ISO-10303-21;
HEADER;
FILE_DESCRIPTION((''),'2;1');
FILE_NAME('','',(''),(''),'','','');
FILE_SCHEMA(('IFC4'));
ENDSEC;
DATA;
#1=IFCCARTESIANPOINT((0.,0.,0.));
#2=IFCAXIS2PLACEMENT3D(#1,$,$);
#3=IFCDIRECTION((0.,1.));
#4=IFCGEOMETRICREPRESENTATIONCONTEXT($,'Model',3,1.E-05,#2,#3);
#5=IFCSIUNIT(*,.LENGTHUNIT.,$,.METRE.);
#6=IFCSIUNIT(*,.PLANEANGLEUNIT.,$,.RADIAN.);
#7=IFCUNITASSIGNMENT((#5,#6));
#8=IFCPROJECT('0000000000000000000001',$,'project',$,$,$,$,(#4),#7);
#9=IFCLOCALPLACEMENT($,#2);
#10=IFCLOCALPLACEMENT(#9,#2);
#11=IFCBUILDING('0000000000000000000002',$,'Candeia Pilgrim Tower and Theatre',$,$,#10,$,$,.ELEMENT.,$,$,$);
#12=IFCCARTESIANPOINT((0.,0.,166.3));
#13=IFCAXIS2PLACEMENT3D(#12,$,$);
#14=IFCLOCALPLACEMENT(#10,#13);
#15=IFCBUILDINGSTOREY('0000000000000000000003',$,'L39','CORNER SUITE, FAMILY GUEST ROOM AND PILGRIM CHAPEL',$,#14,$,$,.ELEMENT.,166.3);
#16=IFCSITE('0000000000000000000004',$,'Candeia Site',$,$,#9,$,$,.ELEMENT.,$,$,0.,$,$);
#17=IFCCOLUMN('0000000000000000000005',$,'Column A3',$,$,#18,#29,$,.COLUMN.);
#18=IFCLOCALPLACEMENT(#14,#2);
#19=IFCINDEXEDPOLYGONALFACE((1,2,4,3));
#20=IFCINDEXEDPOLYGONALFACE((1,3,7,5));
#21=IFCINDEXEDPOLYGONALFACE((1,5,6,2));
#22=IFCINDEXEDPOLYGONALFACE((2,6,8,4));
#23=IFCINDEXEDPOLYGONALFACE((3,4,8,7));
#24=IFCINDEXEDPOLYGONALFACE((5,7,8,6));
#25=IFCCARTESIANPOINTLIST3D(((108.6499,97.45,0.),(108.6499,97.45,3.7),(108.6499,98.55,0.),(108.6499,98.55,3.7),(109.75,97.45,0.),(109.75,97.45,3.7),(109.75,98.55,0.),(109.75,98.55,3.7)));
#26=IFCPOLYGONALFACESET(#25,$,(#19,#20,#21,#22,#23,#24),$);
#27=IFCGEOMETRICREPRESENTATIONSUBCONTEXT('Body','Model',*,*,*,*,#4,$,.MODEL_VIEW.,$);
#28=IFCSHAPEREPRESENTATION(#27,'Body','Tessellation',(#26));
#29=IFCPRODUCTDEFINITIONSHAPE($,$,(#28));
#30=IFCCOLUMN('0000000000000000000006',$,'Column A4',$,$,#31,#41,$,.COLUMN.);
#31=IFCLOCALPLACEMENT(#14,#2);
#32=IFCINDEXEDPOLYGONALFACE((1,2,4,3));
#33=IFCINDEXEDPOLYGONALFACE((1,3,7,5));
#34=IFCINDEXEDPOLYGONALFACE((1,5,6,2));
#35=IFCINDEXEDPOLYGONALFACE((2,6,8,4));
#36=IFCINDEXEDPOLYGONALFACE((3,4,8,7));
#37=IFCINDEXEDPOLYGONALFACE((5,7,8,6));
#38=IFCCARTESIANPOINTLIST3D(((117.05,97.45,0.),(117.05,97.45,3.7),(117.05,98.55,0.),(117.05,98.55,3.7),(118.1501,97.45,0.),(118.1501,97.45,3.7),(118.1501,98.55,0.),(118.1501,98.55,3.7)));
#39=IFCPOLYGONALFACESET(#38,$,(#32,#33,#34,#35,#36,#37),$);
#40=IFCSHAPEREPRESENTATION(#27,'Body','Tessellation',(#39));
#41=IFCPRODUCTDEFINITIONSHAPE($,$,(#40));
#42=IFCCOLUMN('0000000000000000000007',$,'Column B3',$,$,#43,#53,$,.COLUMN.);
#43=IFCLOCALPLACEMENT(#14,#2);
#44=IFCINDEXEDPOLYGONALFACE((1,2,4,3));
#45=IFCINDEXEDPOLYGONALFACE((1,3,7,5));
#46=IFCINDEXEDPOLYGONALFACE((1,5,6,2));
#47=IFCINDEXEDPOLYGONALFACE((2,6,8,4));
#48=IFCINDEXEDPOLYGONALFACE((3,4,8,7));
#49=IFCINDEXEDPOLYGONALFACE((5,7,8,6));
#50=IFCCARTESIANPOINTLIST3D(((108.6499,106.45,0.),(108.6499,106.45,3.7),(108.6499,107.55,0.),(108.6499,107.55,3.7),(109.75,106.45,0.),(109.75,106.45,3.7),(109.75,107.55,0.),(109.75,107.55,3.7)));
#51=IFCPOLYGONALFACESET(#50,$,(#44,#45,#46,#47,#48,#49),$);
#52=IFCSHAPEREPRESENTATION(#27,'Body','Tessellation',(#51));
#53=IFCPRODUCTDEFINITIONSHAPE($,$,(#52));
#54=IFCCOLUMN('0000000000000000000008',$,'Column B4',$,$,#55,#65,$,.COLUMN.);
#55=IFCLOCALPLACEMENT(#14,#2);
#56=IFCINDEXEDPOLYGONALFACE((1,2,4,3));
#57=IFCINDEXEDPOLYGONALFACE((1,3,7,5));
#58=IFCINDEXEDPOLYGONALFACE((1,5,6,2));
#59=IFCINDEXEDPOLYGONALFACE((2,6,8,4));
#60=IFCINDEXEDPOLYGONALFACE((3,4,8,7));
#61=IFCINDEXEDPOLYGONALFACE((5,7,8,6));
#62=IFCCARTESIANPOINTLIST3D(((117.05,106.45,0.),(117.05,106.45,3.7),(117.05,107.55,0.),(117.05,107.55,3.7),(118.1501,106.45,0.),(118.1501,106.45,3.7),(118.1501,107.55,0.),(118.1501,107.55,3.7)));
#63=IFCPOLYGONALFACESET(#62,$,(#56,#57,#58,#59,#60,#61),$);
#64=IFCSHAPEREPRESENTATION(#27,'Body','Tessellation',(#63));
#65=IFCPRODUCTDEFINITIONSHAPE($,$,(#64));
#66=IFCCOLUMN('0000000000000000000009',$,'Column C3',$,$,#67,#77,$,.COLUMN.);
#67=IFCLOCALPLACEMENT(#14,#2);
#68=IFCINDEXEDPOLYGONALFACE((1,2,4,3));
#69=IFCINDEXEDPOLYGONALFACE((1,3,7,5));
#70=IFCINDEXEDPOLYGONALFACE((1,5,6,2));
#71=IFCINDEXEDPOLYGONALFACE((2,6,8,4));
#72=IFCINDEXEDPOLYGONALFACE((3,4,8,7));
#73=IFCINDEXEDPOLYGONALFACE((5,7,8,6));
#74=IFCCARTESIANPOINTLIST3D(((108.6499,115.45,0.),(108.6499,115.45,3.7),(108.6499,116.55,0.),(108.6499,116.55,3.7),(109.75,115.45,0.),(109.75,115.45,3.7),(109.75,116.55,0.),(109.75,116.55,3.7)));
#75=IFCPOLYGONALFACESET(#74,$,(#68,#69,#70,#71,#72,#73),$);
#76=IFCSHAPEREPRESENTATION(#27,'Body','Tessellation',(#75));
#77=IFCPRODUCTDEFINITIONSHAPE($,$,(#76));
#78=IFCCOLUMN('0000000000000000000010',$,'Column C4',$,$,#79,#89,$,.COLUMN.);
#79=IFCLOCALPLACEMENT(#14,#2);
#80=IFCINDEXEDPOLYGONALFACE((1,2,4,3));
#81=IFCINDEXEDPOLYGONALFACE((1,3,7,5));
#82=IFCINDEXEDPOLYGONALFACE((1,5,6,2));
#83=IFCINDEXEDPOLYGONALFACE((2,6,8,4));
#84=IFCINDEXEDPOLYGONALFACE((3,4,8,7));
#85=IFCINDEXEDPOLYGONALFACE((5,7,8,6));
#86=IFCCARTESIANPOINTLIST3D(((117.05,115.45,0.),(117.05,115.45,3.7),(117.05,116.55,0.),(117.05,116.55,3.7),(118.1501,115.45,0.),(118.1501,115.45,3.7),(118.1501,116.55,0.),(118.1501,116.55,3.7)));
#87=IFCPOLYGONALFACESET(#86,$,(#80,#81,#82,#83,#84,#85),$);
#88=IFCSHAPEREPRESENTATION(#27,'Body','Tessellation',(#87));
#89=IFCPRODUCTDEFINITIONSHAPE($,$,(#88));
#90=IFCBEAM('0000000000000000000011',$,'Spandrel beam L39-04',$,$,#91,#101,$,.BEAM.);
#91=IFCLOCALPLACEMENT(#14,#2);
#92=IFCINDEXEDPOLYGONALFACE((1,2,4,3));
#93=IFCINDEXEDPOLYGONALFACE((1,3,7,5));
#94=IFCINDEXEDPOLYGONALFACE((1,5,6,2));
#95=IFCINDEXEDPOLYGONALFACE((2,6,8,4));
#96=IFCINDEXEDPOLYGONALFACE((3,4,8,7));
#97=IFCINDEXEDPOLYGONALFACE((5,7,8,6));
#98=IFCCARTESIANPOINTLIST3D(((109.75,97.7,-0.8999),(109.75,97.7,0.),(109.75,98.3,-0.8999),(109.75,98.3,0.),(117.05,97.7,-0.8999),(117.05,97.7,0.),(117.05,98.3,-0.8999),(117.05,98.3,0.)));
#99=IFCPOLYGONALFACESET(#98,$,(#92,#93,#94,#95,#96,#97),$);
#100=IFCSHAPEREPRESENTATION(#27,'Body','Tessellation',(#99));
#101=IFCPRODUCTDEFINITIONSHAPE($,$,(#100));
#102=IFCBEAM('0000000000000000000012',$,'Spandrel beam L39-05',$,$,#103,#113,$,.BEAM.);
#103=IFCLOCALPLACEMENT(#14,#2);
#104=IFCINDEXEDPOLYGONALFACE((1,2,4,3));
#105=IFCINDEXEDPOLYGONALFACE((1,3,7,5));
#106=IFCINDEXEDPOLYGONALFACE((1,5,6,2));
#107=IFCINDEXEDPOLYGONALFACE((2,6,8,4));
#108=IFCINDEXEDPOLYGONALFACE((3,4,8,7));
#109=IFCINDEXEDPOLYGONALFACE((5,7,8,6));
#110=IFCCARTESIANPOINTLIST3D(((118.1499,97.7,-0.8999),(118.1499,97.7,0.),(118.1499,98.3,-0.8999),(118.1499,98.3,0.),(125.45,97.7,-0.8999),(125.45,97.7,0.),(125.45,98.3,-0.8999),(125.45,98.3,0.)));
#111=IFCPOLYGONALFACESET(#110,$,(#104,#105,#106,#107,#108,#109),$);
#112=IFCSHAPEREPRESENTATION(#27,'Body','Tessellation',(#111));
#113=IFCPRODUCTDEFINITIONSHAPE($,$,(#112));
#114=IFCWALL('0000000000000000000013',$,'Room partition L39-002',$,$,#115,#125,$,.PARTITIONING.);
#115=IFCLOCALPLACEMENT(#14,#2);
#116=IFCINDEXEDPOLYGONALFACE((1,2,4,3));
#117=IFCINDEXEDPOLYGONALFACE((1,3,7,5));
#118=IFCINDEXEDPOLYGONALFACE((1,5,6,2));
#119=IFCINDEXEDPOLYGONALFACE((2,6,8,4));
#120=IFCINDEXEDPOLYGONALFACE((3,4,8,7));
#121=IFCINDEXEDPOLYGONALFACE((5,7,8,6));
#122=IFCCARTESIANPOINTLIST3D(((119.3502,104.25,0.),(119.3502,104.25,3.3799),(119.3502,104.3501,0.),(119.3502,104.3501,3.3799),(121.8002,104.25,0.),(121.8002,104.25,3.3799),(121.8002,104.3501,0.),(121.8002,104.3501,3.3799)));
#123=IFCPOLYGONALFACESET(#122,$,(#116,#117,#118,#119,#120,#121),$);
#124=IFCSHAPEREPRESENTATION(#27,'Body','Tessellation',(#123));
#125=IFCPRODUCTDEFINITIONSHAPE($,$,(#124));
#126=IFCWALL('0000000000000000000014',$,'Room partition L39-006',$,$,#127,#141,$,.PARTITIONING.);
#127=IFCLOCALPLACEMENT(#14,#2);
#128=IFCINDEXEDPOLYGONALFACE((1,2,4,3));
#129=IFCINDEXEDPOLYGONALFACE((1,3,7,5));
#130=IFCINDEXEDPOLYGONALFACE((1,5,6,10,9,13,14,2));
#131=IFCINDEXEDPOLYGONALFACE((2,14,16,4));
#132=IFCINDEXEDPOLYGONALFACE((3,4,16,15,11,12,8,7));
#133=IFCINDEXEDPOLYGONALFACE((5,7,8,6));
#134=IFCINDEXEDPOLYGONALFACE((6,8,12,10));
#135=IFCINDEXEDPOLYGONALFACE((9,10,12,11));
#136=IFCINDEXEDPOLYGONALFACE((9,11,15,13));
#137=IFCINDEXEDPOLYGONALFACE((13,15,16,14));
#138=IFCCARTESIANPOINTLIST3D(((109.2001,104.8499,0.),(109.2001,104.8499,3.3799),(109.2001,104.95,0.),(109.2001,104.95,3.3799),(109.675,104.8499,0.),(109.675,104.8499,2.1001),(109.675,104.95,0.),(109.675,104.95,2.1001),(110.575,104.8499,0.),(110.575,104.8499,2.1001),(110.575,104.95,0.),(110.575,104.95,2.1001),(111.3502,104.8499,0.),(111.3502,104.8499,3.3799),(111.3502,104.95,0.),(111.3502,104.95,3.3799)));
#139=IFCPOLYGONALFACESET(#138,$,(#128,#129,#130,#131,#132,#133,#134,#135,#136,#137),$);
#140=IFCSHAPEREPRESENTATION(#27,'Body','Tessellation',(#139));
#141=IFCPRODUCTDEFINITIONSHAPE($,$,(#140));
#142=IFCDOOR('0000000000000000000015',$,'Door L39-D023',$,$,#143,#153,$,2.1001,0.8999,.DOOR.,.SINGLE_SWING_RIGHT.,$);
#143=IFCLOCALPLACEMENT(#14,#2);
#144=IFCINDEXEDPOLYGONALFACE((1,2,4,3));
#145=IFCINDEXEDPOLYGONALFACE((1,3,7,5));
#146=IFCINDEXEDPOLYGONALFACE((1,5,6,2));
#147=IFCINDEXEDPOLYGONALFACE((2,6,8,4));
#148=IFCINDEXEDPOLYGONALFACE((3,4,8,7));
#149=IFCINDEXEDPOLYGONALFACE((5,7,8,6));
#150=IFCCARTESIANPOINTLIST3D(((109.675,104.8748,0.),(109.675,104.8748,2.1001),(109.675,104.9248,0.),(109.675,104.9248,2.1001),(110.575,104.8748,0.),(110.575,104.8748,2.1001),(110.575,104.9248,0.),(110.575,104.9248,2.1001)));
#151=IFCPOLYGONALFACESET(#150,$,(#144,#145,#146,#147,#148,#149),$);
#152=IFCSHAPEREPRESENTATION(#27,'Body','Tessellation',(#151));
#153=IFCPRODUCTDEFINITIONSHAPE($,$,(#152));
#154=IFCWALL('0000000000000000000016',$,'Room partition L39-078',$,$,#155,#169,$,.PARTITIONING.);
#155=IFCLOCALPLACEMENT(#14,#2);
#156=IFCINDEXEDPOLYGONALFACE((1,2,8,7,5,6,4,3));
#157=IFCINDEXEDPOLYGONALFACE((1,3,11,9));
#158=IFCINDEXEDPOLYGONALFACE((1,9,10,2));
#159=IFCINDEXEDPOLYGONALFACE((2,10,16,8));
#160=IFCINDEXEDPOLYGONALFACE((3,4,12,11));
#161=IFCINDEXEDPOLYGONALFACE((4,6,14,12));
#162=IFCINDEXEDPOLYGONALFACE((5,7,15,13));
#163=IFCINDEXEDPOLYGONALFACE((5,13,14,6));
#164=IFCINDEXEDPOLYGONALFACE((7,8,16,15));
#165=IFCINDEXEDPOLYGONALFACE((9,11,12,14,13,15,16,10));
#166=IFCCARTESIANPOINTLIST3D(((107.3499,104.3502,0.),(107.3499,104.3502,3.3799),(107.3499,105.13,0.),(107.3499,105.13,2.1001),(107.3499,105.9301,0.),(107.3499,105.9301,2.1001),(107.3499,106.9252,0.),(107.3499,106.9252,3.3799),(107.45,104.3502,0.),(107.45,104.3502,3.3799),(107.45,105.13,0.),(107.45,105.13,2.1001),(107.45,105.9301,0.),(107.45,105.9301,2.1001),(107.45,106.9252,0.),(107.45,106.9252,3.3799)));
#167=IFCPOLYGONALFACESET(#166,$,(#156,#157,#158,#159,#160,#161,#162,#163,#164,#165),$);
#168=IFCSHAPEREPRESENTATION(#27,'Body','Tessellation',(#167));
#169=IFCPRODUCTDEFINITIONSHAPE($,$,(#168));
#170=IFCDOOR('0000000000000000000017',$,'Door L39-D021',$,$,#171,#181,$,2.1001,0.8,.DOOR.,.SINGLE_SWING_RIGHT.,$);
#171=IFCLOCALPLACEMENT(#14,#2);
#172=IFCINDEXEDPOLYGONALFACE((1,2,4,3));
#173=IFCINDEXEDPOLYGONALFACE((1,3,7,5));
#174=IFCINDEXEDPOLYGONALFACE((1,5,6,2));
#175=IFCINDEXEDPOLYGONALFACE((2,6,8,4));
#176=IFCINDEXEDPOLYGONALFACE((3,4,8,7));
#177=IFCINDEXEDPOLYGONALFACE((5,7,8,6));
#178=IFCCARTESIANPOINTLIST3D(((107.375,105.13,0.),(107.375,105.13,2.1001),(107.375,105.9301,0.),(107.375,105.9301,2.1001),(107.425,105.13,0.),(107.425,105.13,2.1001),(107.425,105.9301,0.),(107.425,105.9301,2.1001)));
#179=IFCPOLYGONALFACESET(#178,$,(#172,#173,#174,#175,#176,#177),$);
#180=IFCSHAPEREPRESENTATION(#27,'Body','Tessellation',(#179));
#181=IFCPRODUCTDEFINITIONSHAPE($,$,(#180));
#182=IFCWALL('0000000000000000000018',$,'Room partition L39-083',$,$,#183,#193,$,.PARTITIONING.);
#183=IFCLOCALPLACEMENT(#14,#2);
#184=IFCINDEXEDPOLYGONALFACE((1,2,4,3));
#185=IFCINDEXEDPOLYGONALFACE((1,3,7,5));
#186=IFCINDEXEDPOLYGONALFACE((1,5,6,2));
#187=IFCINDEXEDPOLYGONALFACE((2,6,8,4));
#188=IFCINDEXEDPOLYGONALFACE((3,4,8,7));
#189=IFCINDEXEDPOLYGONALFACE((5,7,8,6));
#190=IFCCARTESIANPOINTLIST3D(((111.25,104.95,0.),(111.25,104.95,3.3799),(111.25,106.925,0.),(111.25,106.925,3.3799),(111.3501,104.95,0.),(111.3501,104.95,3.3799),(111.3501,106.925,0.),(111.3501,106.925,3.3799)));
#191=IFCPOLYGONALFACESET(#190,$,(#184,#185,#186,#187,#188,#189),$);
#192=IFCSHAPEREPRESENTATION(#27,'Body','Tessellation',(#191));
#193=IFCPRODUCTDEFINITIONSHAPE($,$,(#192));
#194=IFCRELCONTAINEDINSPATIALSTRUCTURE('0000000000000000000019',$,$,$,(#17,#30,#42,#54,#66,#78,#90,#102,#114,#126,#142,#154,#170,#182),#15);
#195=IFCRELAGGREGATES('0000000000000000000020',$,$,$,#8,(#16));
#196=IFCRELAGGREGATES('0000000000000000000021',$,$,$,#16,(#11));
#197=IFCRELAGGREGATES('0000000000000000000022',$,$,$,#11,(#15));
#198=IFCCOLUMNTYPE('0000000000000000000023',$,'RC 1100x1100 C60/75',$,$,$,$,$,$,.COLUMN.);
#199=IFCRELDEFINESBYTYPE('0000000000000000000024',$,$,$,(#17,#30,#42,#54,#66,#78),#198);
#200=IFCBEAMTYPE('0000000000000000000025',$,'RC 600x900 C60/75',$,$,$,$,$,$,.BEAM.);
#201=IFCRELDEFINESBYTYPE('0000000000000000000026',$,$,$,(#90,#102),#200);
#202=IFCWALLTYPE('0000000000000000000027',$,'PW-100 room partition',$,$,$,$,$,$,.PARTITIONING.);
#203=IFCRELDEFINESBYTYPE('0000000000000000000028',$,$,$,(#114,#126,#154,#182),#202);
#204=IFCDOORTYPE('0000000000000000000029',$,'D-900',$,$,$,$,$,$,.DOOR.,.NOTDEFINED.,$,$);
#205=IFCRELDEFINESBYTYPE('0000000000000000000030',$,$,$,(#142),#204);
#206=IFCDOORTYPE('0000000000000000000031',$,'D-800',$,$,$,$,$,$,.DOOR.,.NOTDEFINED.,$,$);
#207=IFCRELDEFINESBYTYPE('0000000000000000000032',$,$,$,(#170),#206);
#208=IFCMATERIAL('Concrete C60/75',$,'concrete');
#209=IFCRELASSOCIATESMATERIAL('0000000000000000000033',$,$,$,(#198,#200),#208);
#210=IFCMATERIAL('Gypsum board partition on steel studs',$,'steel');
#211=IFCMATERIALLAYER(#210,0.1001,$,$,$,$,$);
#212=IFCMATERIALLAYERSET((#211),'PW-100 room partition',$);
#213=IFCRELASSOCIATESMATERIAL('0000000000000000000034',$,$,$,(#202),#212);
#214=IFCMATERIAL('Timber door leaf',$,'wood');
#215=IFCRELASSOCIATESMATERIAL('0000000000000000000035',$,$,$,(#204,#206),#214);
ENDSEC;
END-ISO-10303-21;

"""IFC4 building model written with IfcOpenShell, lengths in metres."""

from ifc_helpers import new_model, si_unit, direction, frame, frame_2d, origin, origin_2d, place, context, subcontext, project, spatial, rectangle, extrude, material, layer, layer_set, material_profile, profile_set, type_object, element, fill, save


model = new_model("IFC4")

# Units and contexts
model_context = context("Model", 3, precision=1e-05, world=origin(), true_north=direction((0.0, 1.0)))
body_context = subcontext(model_context, "Body", "Model", "MODEL_VIEW")
ifc_project = project(units=[si_unit("LENGTHUNIT", "METRE"), si_unit("PLANEANGLEUNIT", "RADIAN")], contexts=[model_context])

# Site, building, storey
site_placement = place(None, origin())
site = spatial("IfcSite", under=ifc_project, at=site_placement, Name="Candeia Site", CompositionType="ELEMENT", RefElevation=0.0)
building_placement = place(site_placement, origin())
building = spatial("IfcBuilding", under=site, at=building_placement, Name="Candeia Pilgrim Tower and Theatre", CompositionType="ELEMENT")
storey_placement = place(building_placement, frame((0.0, 0.0, 166.3)))
storey = spatial("IfcBuildingStorey", under=building, at=storey_placement, Name="L39", Description="CORNER SUITE, FAMILY GUEST ROOM AND PILGRIM CHAPEL", CompositionType="ELEMENT", Elevation=166.3)

# Columns
ifc_material_1 = material(Name="Concrete C60/75", Category="concrete")
ifc_material_profile_1 = material_profile(ifc_material_1, rectangle(XDim=1.1001, YDim=1.1001, at=origin_2d()))
ifc_profile_set_1 = profile_set([ifc_material_profile_1], Name="Concrete C60/75")
column_type = type_object("IfcColumnType", Name="RC 1100x1100 C60/75", PredefinedType="COLUMN", material=ifc_profile_set_1)
for number, where, z_axis, x_axis, name in (
    (1, (109.2, 98.0, 0.0), (0.0, 0.0, 1.0), (1.0, 0.0, 0.0), "Column A3"),
    (2, (117.6001, 98.0, 0.0), (0.0, 0.0, 1.0), (1.0, 0.0, 0.0), "Column A4"),
    (3, (109.2, 107.0, 0.0), (0.0, 0.0, 1.0), (1.0, 0.0, 0.0), "Column B3"),
    (4, (117.6001, 107.0, 0.0), (0.0, 0.0, 1.0), (1.0, 0.0, 0.0), "Column B4"),
    (5, (109.2, 116.0, 0.0), (0.0, 0.0, 1.0), (1.0, 0.0, 0.0), "Column C3"),
    (6, (117.6001, 116.0, 0.0), (0.0, 0.0, 1.0), (1.0, 0.0, 0.0), "Column C4"),
):
    element("IfcColumn", number, at=place(storey_placement, frame(where, z_axis=z_axis, x_axis=x_axis)), inside=storey, type_object=column_type, Name=name, PredefinedType="COLUMN", context=body_context, shape_type="SweptSolid", body=[
        extrude(rectangle(XDim=1.1001, YDim=1.1001, at=origin_2d()), origin(), (0.0, 0.0, 1.0), 3.7),
    ])

# Beams
ifc_material_profile_2 = material_profile(ifc_material_1, rectangle(XDim=0.6001, YDim=0.8999, at=origin_2d()))
ifc_profile_set_2 = profile_set([ifc_material_profile_2], Name="Concrete C60/75")
beam_type = type_object("IfcBeamType", Name="RC 600x900 C60/75", PredefinedType="BEAM", material=ifc_profile_set_2)
for number, where, z_axis, x_axis, name in (
    (7, (109.75, 98.0, -0.45), (1.0, 0.0, 0.0), (0.0, 1.0, 0.0), "Spandrel beam L39-04"),
    (8, (118.1499, 98.0, -0.45), (1.0, 0.0, 0.0), (0.0, 1.0, 0.0), "Spandrel beam L39-05"),
):
    element("IfcBeam", number, at=place(storey_placement, frame(where, z_axis=z_axis, x_axis=x_axis)), inside=storey, type_object=beam_type, Name=name, PredefinedType="BEAM", context=body_context, shape_type="SweptSolid", body=[
        extrude(rectangle(XDim=0.6001, YDim=0.8999, at=origin_2d()), origin(), (0.0, 0.0, 1.0), 7.3),
    ])

# Wall
ifc_material_2 = material(Name="Gypsum board partition on steel studs", Category="steel")
ifc_layer_1 = layer(ifc_material_2, 0.1001)
ifc_layer_set_1 = layer_set([ifc_layer_1], Name="PW-100 room partition")
wall_type_1 = type_object("IfcWallType", Name="PW-100 room partition", PredefinedType="PARTITIONING", material=ifc_layer_set_1)
wall_1_placement = place(storey_placement, frame((119.3501, 104.3, 0.0), z_axis=(0.0, 0.0, 1.0), x_axis=(1.0, 0.0, 0.0)))
element("IfcWall", 9, at=wall_1_placement, inside=storey, type_object=wall_type_1, Name="Room partition L39-002", PredefinedType="PARTITIONING", context=body_context, shape_type="SweptSolid", body=[
    extrude(rectangle(XDim=2.45, YDim=0.1001, at=frame_2d((1.2251, 0.0))), origin(), (0.0, 0.0, 1.0), 3.3799),
])

# Walls, openings, doors
wall_2_placement = place(storey_placement, frame((109.2, 104.8999, 0.0), z_axis=(0.0, 0.0, 1.0), x_axis=(1.0, 0.0, 0.0)))
wall_2 = element("IfcWall", 10, at=wall_2_placement, inside=storey, type_object=wall_type_1, Name="Room partition L39-006", PredefinedType="PARTITIONING", context=body_context, shape_type="SweptSolid", body=[
    extrude(rectangle(XDim=2.1501, YDim=0.1001, at=frame_2d((1.0752, 0.0))), origin(), (0.0, 0.0, 1.0), 3.3799),
])
opening_1_placement = place(wall_2_placement, frame((0.4751, 0.0, 0.0)))
opening_1 = element("IfcOpeningElement", 11, at=opening_1_placement, cuts=wall_2, PredefinedType="OPENING", context=body_context, shape_type="SweptSolid", body=[
    extrude(rectangle(XDim=0.8999, YDim=2.1001, at=frame_2d((0.45, 1.05))), frame((0.0, 0.0601, 0.0), z_axis=(0.0, -1.0, 0.0), x_axis=(1.0, 0.0, 0.0)), (0.0, 0.0, 1.0), 0.1201),
])
ifc_material_3 = material(Name="Timber door leaf", Category="wood")
door_type_1 = type_object("IfcDoorType", Name="D-900", OperationType="NOTDEFINED", PredefinedType="DOOR", material=ifc_material_3)
door_1_placement = place(opening_1_placement, origin())
door_1 = element("IfcDoor", 12, at=door_1_placement, inside=storey, type_object=door_type_1, Name="Door L39-D023", OperationType="SINGLE_SWING_RIGHT", OverallHeight=2.1001, OverallWidth=0.8999, PredefinedType="DOOR", context=body_context, shape_type="SweptSolid", body=[
    extrude(rectangle(XDim=0.8999, YDim=2.1001, at=frame_2d((0.45, 1.05))), frame((0.0, 0.0249, 0.0), z_axis=(0.0, -1.0, 0.0), x_axis=(1.0, 0.0, 0.0)), (0.0, 0.0, 1.0), 0.05),
])
fill(opening_1, door_1)
wall_3_placement = place(storey_placement, frame((107.3999, 104.3501, 0.0), z_axis=(0.0, 0.0, 1.0), x_axis=(0.0, 1.0, 0.0)))
wall_3 = element("IfcWall", 13, at=wall_3_placement, inside=storey, type_object=wall_type_1, Name="Room partition L39-078", PredefinedType="PARTITIONING", context=body_context, shape_type="SweptSolid", body=[
    extrude(rectangle(XDim=2.575, YDim=0.1001, at=frame_2d((1.2876, 0.0))), origin(), (0.0, 0.0, 1.0), 3.3799),
])
opening_2_placement = place(wall_3_placement, frame((0.78, 0.0, 0.0)))
opening_2 = element("IfcOpeningElement", 14, at=opening_2_placement, cuts=wall_3, PredefinedType="OPENING", context=body_context, shape_type="SweptSolid", body=[
    extrude(rectangle(XDim=0.8, YDim=2.1001, at=frame_2d((0.3999, 1.05))), frame((0.0, 0.0601, 0.0), z_axis=(0.0, -1.0, 0.0), x_axis=(1.0, 0.0, 0.0)), (0.0, 0.0, 1.0), 0.1201),
])
door_type_2 = type_object("IfcDoorType", Name="D-800", OperationType="NOTDEFINED", PredefinedType="DOOR", material=ifc_material_3)
door_2_placement = place(opening_2_placement, origin())
door_2 = element("IfcDoor", 15, at=door_2_placement, inside=storey, type_object=door_type_2, Name="Door L39-D021", OperationType="SINGLE_SWING_RIGHT", OverallHeight=2.1001, OverallWidth=0.8, PredefinedType="DOOR", context=body_context, shape_type="SweptSolid", body=[
    extrude(rectangle(XDim=0.8, YDim=2.1001, at=frame_2d((0.3999, 1.05))), frame((0.0, 0.0249, 0.0), z_axis=(0.0, -1.0, 0.0), x_axis=(1.0, 0.0, 0.0)), (0.0, 0.0, 1.0), 0.05),
])
fill(opening_2, door_2)

# Wall
wall_4_placement = place(storey_placement, frame((111.3, 104.95, 0.0), z_axis=(0.0, 0.0, 1.0), x_axis=(0.0, 1.0, 0.0)))
element("IfcWall", 16, at=wall_4_placement, inside=storey, type_object=wall_type_1, Name="Room partition L39-083", PredefinedType="PARTITIONING", context=body_context, shape_type="SweptSolid", body=[
    extrude(rectangle(XDim=1.9751, YDim=0.1001, at=frame_2d((0.9875, 0.0))), origin(), (0.0, 0.0, 1.0), 3.3799),
])

save(model, "model.ifc")
